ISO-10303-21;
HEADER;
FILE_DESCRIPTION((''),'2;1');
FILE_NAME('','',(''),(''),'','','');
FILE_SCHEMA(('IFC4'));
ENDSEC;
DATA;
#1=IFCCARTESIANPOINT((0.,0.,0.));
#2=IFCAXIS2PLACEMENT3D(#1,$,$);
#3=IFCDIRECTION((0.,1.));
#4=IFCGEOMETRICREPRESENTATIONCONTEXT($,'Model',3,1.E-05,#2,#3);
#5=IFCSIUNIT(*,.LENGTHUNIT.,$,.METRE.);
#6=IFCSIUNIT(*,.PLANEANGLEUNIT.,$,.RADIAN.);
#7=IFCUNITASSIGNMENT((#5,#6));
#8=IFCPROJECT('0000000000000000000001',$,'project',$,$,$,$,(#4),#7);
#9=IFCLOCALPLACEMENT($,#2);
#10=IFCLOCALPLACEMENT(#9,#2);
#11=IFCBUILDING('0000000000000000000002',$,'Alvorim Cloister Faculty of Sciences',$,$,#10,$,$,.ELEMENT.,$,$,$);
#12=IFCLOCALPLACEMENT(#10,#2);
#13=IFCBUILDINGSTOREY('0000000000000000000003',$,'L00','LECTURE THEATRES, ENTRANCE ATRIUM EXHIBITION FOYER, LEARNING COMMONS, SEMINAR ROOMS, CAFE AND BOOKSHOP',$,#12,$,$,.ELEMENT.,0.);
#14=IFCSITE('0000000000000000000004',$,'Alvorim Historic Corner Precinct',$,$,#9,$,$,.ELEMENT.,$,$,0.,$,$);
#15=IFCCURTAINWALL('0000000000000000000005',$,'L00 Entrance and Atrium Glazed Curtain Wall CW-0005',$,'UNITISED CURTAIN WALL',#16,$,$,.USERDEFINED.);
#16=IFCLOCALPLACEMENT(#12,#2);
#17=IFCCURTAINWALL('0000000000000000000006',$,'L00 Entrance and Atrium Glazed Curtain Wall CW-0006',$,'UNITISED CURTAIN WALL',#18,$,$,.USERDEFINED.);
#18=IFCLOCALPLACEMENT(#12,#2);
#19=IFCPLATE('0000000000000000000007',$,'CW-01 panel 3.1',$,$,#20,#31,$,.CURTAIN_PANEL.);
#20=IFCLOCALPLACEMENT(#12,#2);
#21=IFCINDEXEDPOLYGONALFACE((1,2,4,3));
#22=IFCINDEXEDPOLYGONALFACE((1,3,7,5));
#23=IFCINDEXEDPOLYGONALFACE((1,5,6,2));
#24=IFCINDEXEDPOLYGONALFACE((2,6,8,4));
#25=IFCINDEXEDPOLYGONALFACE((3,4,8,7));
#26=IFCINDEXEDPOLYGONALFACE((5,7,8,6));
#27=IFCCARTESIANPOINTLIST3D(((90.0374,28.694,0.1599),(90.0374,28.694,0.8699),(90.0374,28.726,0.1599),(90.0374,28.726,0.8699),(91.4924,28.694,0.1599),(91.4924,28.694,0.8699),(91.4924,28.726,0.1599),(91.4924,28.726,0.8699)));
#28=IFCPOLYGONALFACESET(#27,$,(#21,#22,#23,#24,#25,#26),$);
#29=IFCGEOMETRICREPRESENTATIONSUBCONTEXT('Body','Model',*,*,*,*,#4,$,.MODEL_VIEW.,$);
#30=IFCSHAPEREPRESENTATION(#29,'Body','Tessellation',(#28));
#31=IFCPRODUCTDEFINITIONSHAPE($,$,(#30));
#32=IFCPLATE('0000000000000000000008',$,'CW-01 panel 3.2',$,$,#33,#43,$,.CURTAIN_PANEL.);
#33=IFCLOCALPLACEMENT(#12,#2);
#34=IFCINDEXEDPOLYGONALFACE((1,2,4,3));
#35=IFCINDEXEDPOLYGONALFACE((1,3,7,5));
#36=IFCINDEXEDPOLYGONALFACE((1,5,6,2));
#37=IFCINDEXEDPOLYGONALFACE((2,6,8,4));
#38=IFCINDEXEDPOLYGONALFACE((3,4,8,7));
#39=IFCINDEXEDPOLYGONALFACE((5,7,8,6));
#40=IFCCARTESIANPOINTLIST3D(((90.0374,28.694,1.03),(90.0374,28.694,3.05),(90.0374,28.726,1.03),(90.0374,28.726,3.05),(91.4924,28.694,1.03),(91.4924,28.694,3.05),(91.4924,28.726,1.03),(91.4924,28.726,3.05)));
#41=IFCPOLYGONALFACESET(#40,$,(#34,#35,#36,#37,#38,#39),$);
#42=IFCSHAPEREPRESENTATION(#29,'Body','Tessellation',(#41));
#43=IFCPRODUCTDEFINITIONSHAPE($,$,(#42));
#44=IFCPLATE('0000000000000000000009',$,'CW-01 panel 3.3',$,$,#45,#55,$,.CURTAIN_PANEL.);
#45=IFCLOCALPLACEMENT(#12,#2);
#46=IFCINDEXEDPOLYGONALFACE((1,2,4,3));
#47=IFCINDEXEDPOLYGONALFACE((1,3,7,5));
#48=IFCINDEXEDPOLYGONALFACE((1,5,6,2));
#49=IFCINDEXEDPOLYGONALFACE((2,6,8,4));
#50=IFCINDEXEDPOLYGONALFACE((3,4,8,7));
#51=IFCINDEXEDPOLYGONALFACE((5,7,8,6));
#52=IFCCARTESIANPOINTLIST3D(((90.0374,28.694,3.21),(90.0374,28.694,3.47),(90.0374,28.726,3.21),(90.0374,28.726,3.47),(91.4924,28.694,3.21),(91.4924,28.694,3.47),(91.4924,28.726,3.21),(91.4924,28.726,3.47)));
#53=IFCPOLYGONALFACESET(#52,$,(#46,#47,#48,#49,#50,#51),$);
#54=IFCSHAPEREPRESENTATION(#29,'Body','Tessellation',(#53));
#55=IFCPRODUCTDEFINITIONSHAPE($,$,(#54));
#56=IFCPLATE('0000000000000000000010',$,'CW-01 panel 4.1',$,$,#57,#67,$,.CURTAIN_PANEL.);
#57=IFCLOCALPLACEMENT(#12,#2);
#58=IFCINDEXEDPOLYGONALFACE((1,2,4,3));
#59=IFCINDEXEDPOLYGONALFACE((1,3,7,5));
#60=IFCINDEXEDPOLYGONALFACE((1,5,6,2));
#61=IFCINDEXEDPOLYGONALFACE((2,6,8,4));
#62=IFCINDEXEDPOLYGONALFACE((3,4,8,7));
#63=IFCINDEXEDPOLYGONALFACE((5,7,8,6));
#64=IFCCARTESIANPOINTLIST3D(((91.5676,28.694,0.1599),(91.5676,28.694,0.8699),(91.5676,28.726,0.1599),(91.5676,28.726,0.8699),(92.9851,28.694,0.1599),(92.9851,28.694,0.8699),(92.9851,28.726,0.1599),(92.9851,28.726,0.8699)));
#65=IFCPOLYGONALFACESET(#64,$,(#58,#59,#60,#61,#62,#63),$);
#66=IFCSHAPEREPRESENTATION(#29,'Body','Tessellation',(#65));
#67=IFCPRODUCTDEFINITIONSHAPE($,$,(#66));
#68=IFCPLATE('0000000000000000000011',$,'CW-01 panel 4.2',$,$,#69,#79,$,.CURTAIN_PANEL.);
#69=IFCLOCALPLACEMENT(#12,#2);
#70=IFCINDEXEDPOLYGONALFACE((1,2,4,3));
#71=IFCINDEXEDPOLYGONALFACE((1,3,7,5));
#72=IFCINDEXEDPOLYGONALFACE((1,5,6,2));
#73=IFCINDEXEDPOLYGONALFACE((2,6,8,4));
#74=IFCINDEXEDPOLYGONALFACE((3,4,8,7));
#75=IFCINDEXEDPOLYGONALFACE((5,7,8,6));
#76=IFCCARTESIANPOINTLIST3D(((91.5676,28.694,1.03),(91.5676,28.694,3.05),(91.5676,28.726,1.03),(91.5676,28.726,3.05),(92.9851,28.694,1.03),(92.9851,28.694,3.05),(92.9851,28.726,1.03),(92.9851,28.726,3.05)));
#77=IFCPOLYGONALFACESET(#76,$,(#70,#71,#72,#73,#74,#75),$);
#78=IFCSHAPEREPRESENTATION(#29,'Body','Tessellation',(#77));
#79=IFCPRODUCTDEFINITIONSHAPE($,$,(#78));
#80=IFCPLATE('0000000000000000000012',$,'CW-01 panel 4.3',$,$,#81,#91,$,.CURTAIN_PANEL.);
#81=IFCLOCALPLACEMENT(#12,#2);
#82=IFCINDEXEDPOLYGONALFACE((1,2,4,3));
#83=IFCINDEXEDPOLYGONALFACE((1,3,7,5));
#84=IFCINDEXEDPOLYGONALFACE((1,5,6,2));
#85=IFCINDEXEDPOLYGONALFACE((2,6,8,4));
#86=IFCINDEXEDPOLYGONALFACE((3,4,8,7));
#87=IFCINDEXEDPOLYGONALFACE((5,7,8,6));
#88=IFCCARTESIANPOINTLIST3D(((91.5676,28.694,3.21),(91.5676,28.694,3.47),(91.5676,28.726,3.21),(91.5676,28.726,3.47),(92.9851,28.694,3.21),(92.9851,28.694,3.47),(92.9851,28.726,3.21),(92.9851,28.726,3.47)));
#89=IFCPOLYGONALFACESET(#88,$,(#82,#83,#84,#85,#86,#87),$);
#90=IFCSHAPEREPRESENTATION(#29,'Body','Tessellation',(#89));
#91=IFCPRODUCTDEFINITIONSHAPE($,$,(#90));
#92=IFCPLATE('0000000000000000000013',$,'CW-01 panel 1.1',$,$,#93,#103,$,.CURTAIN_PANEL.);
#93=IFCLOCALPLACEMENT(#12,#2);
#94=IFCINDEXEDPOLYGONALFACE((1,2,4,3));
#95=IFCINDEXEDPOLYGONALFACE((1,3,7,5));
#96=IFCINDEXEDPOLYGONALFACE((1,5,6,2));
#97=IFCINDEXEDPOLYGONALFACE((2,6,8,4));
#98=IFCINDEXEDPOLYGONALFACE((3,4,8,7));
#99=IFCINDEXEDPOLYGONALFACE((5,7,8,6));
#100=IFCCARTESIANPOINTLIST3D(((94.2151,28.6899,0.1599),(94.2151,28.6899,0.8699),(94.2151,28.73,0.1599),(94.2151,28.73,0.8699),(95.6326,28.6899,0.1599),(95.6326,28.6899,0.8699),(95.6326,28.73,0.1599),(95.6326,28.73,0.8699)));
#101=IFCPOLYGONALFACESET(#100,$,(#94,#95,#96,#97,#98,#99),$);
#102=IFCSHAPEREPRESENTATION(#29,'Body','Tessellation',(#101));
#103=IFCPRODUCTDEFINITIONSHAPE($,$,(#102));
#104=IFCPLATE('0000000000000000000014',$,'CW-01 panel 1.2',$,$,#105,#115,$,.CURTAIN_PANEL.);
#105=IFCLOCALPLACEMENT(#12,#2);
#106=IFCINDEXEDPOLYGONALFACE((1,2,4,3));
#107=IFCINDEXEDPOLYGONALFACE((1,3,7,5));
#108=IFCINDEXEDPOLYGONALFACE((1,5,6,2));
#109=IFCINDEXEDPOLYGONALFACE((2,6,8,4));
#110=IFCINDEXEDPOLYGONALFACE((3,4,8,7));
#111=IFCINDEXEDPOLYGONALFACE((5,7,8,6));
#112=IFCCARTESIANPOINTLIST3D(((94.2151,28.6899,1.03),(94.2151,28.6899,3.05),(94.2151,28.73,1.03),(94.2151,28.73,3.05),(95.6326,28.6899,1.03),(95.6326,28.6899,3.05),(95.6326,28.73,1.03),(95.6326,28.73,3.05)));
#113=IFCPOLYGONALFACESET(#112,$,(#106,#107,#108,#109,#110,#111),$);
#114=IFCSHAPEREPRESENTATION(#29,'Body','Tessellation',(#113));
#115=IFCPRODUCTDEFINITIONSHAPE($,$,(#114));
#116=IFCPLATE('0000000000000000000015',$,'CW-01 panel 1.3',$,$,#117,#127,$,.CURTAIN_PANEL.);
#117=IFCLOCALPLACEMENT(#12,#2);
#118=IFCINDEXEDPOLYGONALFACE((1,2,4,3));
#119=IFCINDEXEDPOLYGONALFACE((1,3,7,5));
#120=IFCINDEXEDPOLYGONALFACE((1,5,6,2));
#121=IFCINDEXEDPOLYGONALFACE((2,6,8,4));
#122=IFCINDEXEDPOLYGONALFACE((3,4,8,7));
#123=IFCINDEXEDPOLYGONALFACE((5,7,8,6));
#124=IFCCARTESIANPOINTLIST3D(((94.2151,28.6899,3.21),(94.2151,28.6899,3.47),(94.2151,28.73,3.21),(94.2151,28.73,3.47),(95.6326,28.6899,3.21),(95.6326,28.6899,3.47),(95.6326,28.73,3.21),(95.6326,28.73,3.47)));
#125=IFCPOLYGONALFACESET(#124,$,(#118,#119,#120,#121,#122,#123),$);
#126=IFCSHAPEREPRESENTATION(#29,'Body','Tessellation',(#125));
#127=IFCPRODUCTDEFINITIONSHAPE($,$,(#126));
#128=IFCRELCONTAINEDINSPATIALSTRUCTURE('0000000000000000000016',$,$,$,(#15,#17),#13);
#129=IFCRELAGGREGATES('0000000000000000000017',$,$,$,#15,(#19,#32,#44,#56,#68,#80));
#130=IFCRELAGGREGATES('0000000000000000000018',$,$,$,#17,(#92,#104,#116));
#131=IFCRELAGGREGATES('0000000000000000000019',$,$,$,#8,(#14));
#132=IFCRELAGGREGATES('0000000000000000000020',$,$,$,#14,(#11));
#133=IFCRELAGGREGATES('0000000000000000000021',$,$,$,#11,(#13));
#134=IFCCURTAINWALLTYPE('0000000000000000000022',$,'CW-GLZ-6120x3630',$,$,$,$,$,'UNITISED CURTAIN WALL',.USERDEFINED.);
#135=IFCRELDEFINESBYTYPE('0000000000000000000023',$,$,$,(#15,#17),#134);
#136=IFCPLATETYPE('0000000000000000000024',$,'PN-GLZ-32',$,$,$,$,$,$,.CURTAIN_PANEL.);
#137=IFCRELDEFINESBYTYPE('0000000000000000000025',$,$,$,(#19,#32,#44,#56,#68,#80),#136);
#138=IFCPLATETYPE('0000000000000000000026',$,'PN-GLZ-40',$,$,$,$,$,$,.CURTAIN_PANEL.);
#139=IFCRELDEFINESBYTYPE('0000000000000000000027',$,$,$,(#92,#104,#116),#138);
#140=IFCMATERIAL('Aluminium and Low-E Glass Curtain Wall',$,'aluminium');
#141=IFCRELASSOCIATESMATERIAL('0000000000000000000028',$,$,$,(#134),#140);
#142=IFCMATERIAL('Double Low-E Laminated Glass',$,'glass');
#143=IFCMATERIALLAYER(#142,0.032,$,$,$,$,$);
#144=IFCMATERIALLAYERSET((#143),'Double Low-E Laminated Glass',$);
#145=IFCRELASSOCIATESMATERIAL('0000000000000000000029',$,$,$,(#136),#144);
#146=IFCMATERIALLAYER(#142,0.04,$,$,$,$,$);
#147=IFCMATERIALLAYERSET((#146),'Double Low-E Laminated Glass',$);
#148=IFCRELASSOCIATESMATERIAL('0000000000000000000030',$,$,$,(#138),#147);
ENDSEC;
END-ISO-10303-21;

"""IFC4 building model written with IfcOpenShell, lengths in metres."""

from ifc_helpers import new_model, si_unit, direction, frame, origin, origin_2d, place, context, subcontext, project, spatial, rectangle, extrude, material, layer, layer_set, type_object, element, aggregate, save


model = new_model("IFC4")

# Units and contexts
model_context = context("Model", 3, precision=1e-05, world=origin(), true_north=direction((0.0, 1.0)))
body_context = subcontext(model_context, "Body", "Model", "MODEL_VIEW")
ifc_project = project(units=[si_unit("LENGTHUNIT", "METRE"), si_unit("PLANEANGLEUNIT", "RADIAN")], contexts=[model_context])

# Site, building, storey
site_placement = place(None, origin())
site = spatial("IfcSite", under=ifc_project, at=site_placement, Name="Alvorim Historic Corner Precinct", CompositionType="ELEMENT", RefElevation=0.0)
building_placement = place(site_placement, origin())
building = spatial("IfcBuilding", under=site, at=building_placement, Name="Alvorim Cloister Faculty of Sciences", CompositionType="ELEMENT")
storey_placement = place(building_placement, origin())
storey = spatial("IfcBuildingStorey", under=building, at=storey_placement, Name="L00", Description="LECTURE THEATRES, ENTRANCE ATRIUM EXHIBITION FOYER, LEARNING COMMONS, SEMINAR ROOMS, CAFE AND BOOKSHOP", CompositionType="ELEMENT", Elevation=0.0)

# Curtain walls
ifc_material_1 = material(Name="Aluminium and Low-E Glass Curtain Wall", Category="aluminium")
curtain_wall_type = type_object("IfcCurtainWallType", Name="CW-GLZ-6120x3630", ElementType="UNITISED CURTAIN WALL", PredefinedType="USERDEFINED", material=ifc_material_1)
curtain_wall_1_placement = place(storey_placement, origin())
curtain_wall_1 = element("IfcCurtainWall", 1, at=curtain_wall_1_placement, inside=storey, type_object=curtain_wall_type, Name="L00 Entrance and Atrium Glazed Curtain Wall CW-0005", ObjectType="UNITISED CURTAIN WALL", PredefinedType="USERDEFINED")
curtain_wall_2_placement = place(storey_placement, origin())
curtain_wall_2 = element("IfcCurtainWall", 2, at=curtain_wall_2_placement, inside=storey, type_object=curtain_wall_type, Name="L00 Entrance and Atrium Glazed Curtain Wall CW-0006", ObjectType="UNITISED CURTAIN WALL", PredefinedType="USERDEFINED")

# Plates
ifc_material_2 = material(Name="Double Low-E Laminated Glass", Category="glass")
ifc_layer_1 = layer(ifc_material_2, 0.032)
ifc_layer_set_1 = layer_set([ifc_layer_1], Name="Double Low-E Laminated Glass")
plate_type_1 = type_object("IfcPlateType", Name="PN-GLZ-32", PredefinedType="CURTAIN_PANEL", material=ifc_layer_set_1)
plate_1_placement = place(storey_placement, frame((90.7649, 28.71, 0.1599), z_axis=(0.0, 0.0, 1.0), x_axis=(1.0, 0.0, 0.0)))
plate_1 = element("IfcPlate", 3, at=plate_1_placement, type_object=plate_type_1, Name="CW-01 panel 3.1", PredefinedType="CURTAIN_PANEL", context=body_context, shape_type="SweptSolid", body=[
    extrude(rectangle(XDim=1.4551, YDim=0.032, at=origin_2d()), origin(), (0.0, 0.0, 1.0), 0.71),
])
plate_2_placement = place(storey_placement, frame((90.7649, 28.71, 1.03), z_axis=(0.0, 0.0, 1.0), x_axis=(1.0, 0.0, 0.0)))
plate_2 = element("IfcPlate", 4, at=plate_2_placement, type_object=plate_type_1, Name="CW-01 panel 3.2", PredefinedType="CURTAIN_PANEL", context=body_context, shape_type="SweptSolid", body=[
    extrude(rectangle(XDim=1.4551, YDim=0.032, at=origin_2d()), origin(), (0.0, 0.0, 1.0), 2.02),
])
plate_3_placement = place(storey_placement, frame((90.7649, 28.71, 3.21), z_axis=(0.0, 0.0, 1.0), x_axis=(1.0, 0.0, 0.0)))
plate_3 = element("IfcPlate", 5, at=plate_3_placement, type_object=plate_type_1, Name="CW-01 panel 3.3", PredefinedType="CURTAIN_PANEL", context=body_context, shape_type="SweptSolid", body=[
    extrude(rectangle(XDim=1.4551, YDim=0.032, at=origin_2d()), origin(), (0.0, 0.0, 1.0), 0.26),
])
plate_4_placement = place(storey_placement, frame((92.2764, 28.71, 0.1599), z_axis=(0.0, 0.0, 1.0), x_axis=(1.0, 0.0, 0.0)))
plate_4 = element("IfcPlate", 6, at=plate_4_placement, type_object=plate_type_1, Name="CW-01 panel 4.1", PredefinedType="CURTAIN_PANEL", context=body_context, shape_type="SweptSolid", body=[
    extrude(rectangle(XDim=1.4175, YDim=0.032, at=origin_2d()), origin(), (0.0, 0.0, 1.0), 0.71),
])
plate_5_placement = place(storey_placement, frame((92.2764, 28.71, 1.03), z_axis=(0.0, 0.0, 1.0), x_axis=(1.0, 0.0, 0.0)))
plate_5 = element("IfcPlate", 7, at=plate_5_placement, type_object=plate_type_1, Name="CW-01 panel 4.2", PredefinedType="CURTAIN_PANEL", context=body_context, shape_type="SweptSolid", body=[
    extrude(rectangle(XDim=1.4175, YDim=0.032, at=origin_2d()), origin(), (0.0, 0.0, 1.0), 2.02),
])
plate_6_placement = place(storey_placement, frame((92.2764, 28.71, 3.21), z_axis=(0.0, 0.0, 1.0), x_axis=(1.0, 0.0, 0.0)))
plate_6 = element("IfcPlate", 8, at=plate_6_placement, type_object=plate_type_1, Name="CW-01 panel 4.3", PredefinedType="CURTAIN_PANEL", context=body_context, shape_type="SweptSolid", body=[
    extrude(rectangle(XDim=1.4175, YDim=0.032, at=origin_2d()), origin(), (0.0, 0.0, 1.0), 0.26),
])
aggregate(curtain_wall_1, [plate_1, plate_2, plate_3, plate_4, plate_5, plate_6])
ifc_layer_2 = layer(ifc_material_2, 0.04)
ifc_layer_set_2 = layer_set([ifc_layer_2], Name="Double Low-E Laminated Glass")
plate_type_2 = type_object("IfcPlateType", Name="PN-GLZ-40", PredefinedType="CURTAIN_PANEL", material=ifc_layer_set_2)
plate_7_placement = place(storey_placement, frame((94.9238, 28.71, 0.1599), z_axis=(0.0, 0.0, 1.0), x_axis=(1.0, 0.0, 0.0)))
plate_7 = element("IfcPlate", 9, at=plate_7_placement, type_object=plate_type_2, Name="CW-01 panel 1.1", PredefinedType="CURTAIN_PANEL", context=body_context, shape_type="SweptSolid", body=[
    extrude(rectangle(XDim=1.4175, YDim=0.04, at=origin_2d()), origin(), (0.0, 0.0, 1.0), 0.71),
])
plate_8_placement = place(storey_placement, frame((94.9238, 28.71, 1.03), z_axis=(0.0, 0.0, 1.0), x_axis=(1.0, 0.0, 0.0)))
plate_8 = element("IfcPlate", 10, at=plate_8_placement, type_object=plate_type_2, Name="CW-01 panel 1.2", PredefinedType="CURTAIN_PANEL", context=body_context, shape_type="SweptSolid", body=[
    extrude(rectangle(XDim=1.4175, YDim=0.04, at=origin_2d()), origin(), (0.0, 0.0, 1.0), 2.02),
])
plate_9_placement = place(storey_placement, frame((94.9238, 28.71, 3.21), z_axis=(0.0, 0.0, 1.0), x_axis=(1.0, 0.0, 0.0)))
plate_9 = element("IfcPlate", 11, at=plate_9_placement, type_object=plate_type_2, Name="CW-01 panel 1.3", PredefinedType="CURTAIN_PANEL", context=body_context, shape_type="SweptSolid", body=[
    extrude(rectangle(XDim=1.4175, YDim=0.04, at=origin_2d()), origin(), (0.0, 0.0, 1.0), 0.26),
])
aggregate(curtain_wall_2, [plate_7, plate_8, plate_9])

save(model, "model.ifc")
